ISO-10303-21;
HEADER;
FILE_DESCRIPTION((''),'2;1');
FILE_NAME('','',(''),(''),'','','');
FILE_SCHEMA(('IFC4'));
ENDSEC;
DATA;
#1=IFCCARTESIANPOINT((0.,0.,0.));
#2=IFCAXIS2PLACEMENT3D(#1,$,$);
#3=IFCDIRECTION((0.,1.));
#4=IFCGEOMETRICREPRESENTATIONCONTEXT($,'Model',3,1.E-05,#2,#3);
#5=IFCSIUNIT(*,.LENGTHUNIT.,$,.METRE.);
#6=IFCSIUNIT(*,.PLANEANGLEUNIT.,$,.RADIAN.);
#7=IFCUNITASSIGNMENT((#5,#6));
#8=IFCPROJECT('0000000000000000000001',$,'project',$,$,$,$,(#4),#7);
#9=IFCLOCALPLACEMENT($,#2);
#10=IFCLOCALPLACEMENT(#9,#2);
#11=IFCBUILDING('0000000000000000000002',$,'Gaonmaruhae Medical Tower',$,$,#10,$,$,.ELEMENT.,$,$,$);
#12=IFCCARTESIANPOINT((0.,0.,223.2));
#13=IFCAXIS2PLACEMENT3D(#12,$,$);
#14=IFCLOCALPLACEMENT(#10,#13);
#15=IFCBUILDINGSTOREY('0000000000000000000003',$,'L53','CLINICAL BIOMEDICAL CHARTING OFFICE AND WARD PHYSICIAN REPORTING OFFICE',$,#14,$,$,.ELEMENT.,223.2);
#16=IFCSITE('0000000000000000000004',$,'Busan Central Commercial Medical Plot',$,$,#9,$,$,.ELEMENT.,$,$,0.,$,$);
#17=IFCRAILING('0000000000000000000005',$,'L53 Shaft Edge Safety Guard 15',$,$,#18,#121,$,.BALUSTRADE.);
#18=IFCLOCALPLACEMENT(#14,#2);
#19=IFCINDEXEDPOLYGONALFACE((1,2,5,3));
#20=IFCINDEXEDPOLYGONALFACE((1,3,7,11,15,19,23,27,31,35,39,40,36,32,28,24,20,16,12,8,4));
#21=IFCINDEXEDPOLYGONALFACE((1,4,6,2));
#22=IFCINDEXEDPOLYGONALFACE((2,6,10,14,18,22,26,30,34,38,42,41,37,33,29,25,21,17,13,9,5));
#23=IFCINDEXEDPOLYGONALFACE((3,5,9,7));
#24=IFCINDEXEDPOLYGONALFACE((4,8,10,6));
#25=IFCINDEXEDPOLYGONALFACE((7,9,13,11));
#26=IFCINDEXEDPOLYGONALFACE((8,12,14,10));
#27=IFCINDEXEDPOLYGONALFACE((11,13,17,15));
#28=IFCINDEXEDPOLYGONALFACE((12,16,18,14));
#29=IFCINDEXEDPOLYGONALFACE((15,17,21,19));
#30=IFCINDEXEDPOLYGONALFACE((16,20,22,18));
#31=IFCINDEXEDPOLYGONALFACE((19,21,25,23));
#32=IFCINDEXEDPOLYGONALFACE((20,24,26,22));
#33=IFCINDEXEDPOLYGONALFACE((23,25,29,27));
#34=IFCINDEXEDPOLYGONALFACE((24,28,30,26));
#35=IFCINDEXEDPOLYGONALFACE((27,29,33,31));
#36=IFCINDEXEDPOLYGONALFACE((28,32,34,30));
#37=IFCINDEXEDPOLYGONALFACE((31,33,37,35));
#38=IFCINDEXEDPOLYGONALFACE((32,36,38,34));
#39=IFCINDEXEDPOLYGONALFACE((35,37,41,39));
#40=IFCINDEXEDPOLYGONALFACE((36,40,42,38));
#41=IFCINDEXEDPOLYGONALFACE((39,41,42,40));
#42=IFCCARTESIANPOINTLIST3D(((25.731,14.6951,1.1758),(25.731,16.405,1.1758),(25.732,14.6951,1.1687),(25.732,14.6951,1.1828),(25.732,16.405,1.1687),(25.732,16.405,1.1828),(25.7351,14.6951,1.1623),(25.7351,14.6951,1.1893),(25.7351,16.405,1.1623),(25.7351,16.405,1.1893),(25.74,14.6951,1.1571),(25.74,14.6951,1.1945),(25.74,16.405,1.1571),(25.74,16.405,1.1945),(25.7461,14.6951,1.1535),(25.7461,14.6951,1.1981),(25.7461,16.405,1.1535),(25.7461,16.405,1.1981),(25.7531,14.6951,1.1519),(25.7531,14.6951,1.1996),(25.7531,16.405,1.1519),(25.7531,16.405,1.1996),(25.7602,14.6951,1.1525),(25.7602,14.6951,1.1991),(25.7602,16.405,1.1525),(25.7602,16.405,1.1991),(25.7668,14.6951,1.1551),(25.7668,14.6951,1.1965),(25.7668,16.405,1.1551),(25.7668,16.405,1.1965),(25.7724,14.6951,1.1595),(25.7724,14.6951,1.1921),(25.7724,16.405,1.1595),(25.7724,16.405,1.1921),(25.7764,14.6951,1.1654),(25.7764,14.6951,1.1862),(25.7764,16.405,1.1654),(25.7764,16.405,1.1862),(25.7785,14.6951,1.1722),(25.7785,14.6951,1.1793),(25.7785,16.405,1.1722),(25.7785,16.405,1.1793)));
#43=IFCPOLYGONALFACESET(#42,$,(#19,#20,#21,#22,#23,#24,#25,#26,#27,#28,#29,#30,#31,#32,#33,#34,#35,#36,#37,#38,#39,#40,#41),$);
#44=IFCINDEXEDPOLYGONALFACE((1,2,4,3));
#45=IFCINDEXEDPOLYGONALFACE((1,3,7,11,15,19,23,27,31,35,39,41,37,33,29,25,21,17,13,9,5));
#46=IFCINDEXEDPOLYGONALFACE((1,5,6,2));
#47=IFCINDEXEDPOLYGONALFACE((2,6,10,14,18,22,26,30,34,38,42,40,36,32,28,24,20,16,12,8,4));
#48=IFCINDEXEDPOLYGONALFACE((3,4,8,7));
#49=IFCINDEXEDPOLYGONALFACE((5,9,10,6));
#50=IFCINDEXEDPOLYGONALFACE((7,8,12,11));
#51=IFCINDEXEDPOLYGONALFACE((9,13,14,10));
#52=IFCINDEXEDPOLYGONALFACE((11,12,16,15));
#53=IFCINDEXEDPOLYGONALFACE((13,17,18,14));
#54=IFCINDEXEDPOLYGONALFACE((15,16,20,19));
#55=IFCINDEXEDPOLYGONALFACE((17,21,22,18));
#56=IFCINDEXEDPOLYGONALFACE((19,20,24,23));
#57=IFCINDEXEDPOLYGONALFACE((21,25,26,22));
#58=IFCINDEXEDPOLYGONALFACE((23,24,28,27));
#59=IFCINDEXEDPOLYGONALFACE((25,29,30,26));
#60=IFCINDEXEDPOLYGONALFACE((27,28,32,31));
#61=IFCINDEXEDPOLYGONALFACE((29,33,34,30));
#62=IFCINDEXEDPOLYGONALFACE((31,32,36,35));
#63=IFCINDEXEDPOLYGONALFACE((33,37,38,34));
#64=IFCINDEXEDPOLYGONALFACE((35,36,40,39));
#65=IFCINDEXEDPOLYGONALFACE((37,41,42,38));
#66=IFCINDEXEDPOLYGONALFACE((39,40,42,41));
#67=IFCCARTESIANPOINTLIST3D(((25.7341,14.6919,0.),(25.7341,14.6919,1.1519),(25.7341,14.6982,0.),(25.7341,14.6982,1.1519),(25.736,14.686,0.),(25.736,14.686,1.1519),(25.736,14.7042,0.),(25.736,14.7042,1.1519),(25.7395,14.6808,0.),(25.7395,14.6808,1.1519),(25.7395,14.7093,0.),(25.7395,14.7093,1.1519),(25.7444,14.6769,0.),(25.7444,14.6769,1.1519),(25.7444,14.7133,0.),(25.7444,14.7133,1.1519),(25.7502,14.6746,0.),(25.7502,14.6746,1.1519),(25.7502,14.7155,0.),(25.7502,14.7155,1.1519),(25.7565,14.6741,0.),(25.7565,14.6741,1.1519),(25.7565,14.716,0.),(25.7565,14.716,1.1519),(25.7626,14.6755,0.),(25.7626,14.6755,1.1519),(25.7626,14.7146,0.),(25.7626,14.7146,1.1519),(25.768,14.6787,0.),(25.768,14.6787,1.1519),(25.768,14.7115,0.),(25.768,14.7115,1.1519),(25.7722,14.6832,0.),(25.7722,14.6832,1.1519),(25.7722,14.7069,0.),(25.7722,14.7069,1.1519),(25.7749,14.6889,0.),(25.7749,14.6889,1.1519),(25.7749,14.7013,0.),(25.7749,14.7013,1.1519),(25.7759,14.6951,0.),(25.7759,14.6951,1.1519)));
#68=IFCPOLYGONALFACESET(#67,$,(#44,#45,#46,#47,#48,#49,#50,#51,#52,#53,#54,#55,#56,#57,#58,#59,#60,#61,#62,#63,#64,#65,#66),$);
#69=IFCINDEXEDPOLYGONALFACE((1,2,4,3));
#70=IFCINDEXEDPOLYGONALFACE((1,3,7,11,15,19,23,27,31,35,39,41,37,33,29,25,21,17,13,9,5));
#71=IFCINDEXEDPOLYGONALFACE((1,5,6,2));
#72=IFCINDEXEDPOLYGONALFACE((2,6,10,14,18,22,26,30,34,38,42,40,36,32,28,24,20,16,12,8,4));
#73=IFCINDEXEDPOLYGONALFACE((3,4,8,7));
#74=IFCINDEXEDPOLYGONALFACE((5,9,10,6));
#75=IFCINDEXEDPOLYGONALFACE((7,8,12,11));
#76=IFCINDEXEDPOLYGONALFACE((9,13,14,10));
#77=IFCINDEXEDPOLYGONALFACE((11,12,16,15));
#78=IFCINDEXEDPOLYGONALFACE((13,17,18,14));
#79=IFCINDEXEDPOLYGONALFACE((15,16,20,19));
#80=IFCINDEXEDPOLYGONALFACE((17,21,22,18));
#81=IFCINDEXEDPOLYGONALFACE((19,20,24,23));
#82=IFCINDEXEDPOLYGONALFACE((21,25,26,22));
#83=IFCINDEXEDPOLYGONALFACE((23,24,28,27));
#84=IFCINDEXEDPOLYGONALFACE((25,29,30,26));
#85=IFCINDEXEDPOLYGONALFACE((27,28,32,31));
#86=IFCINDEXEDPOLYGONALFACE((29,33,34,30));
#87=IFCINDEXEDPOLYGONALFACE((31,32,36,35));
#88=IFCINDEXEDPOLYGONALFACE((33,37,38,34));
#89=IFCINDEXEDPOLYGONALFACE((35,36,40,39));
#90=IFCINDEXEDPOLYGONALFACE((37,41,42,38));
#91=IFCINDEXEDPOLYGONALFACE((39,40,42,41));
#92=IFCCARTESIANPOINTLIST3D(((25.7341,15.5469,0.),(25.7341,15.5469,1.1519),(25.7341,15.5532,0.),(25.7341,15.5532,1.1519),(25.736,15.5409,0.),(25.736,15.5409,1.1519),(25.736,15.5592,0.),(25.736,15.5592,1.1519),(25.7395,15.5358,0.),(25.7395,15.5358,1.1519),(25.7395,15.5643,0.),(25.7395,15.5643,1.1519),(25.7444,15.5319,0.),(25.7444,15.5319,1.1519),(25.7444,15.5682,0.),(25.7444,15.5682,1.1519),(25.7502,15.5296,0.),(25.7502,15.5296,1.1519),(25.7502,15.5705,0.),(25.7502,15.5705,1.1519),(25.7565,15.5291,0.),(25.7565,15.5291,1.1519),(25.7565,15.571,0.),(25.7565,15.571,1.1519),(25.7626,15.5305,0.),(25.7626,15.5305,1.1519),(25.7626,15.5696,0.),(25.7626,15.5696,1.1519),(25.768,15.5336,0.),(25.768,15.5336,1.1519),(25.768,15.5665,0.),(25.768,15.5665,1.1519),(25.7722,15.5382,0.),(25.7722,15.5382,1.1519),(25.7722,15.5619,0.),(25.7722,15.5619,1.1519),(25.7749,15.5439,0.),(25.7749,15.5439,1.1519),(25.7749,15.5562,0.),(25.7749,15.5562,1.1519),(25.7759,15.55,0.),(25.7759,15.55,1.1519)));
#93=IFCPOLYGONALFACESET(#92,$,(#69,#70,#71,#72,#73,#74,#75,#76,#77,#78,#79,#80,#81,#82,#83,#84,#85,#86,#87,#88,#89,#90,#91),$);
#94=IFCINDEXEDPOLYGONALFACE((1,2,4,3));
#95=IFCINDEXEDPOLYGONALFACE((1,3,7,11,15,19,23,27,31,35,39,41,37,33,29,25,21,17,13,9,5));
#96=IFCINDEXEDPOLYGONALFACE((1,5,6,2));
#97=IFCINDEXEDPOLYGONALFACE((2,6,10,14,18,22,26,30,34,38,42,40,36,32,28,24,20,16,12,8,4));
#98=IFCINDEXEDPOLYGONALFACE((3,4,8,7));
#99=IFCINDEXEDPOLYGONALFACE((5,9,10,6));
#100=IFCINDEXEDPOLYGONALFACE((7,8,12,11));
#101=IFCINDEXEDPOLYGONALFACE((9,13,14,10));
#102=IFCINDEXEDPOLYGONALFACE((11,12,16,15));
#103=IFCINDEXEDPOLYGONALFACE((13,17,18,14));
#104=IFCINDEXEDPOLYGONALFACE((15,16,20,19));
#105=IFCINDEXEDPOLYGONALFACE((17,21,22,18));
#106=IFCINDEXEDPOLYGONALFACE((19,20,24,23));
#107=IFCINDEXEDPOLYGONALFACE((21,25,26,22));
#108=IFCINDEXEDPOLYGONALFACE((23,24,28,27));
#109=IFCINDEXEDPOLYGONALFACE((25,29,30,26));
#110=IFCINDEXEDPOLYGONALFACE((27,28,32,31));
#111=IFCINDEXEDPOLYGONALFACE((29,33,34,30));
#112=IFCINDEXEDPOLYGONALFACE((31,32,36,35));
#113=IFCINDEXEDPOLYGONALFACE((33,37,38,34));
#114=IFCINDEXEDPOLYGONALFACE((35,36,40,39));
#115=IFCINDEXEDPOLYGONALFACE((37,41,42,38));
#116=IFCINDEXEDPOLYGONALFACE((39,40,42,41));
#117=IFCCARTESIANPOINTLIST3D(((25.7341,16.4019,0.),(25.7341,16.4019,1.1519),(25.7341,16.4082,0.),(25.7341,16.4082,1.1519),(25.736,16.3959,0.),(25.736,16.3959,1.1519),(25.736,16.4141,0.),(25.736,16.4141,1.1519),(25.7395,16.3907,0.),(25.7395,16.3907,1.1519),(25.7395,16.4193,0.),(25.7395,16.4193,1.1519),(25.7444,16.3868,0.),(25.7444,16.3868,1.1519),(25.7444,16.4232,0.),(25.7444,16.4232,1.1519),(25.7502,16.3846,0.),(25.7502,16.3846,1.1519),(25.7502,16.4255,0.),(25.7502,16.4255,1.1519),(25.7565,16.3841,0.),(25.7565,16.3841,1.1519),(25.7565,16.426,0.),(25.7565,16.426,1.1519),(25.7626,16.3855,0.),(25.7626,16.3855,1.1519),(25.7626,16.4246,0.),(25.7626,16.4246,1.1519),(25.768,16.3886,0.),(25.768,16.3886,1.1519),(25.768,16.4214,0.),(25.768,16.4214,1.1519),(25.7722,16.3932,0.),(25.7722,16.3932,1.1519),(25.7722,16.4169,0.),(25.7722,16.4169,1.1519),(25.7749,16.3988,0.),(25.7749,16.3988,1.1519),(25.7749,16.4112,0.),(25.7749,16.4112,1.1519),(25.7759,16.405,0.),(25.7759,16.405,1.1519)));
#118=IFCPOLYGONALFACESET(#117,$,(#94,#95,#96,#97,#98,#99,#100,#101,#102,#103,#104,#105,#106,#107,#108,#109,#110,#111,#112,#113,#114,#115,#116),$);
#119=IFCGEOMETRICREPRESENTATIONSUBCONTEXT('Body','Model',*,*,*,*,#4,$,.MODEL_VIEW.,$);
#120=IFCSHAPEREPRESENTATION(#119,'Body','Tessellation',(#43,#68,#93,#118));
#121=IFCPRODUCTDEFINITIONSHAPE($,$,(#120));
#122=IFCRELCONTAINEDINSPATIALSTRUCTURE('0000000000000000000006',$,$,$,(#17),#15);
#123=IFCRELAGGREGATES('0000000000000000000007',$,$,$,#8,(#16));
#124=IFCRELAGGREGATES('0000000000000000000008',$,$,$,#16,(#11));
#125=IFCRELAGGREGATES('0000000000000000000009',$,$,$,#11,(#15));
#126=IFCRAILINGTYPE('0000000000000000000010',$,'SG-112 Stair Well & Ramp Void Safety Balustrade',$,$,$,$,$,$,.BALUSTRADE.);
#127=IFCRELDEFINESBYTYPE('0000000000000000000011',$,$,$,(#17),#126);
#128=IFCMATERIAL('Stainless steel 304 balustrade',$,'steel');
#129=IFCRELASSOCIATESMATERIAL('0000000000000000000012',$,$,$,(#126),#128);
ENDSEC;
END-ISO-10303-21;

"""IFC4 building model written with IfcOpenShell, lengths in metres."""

from ifc_helpers import new_model, si_unit, direction, frame, origin, origin_2d, place, context, subcontext, project, spatial, circle, extrude, material, type_object, element, save


model = new_model("IFC4")

# Units and contexts
model_context = context("Model", 3, precision=1e-05, world=origin(), true_north=direction((0.0, 1.0)))
body_context = subcontext(model_context, "Body", "Model", "MODEL_VIEW")
ifc_project = project(units=[si_unit("LENGTHUNIT", "METRE"), si_unit("PLANEANGLEUNIT", "RADIAN")], contexts=[model_context])

# Site, building, storey
site_placement = place(None, origin())
site = spatial("IfcSite", under=ifc_project, at=site_placement, Name="Busan Central Commercial Medical Plot", CompositionType="ELEMENT", RefElevation=0.0)
building_placement = place(site_placement, origin())
building = spatial("IfcBuilding", under=site, at=building_placement, Name="Gaonmaruhae Medical Tower", CompositionType="ELEMENT")
storey_placement = place(building_placement, frame((0.0, 0.0, 223.2)))
storey = spatial("IfcBuildingStorey", under=building, at=storey_placement, Name="L53", Description="CLINICAL BIOMEDICAL CHARTING OFFICE AND WARD PHYSICIAN REPORTING OFFICE", CompositionType="ELEMENT", Elevation=223.2)

# Railing
ifc_material_1 = material(Name="Stainless steel 304 balustrade", Category="steel")
railing_type_1 = type_object("IfcRailingType", Name="SG-112 Stair Well & Ramp Void Safety Balustrade", PredefinedType="BALUSTRADE", material=ifc_material_1)
railing_1_placement = place(storey_placement, frame((25.7549, 14.6951, 0.0)))
element("IfcRailing", 1, at=railing_1_placement, inside=storey, type_object=railing_type_1, Name="L53 Shaft Edge Safety Guard 15", PredefinedType="BALUSTRADE", context=body_context, shape_type="SweptSolid", body=[
    extrude(circle(Radius=0.0239, at=origin_2d()), frame((0.0, 0.0, 1.1758), z_axis=(0.0, 1.0, 0.0), x_axis=(-1.0, 0.0, 0.0)), (0.0, 0.0, 1.0), 1.71),
    extrude(circle(Radius=0.021, at=origin_2d()), origin(), (0.0, 0.0, 1.0), 1.1519),
    extrude(circle(Radius=0.021, at=origin_2d()), frame((0.0, 0.855, 0.0)), (0.0, 0.0, 1.0), 1.1519),
    extrude(circle(Radius=0.021, at=origin_2d()), frame((0.0, 1.71, 0.0)), (0.0, 0.0, 1.0), 1.1519),
])

save(model, "model.ifc")
